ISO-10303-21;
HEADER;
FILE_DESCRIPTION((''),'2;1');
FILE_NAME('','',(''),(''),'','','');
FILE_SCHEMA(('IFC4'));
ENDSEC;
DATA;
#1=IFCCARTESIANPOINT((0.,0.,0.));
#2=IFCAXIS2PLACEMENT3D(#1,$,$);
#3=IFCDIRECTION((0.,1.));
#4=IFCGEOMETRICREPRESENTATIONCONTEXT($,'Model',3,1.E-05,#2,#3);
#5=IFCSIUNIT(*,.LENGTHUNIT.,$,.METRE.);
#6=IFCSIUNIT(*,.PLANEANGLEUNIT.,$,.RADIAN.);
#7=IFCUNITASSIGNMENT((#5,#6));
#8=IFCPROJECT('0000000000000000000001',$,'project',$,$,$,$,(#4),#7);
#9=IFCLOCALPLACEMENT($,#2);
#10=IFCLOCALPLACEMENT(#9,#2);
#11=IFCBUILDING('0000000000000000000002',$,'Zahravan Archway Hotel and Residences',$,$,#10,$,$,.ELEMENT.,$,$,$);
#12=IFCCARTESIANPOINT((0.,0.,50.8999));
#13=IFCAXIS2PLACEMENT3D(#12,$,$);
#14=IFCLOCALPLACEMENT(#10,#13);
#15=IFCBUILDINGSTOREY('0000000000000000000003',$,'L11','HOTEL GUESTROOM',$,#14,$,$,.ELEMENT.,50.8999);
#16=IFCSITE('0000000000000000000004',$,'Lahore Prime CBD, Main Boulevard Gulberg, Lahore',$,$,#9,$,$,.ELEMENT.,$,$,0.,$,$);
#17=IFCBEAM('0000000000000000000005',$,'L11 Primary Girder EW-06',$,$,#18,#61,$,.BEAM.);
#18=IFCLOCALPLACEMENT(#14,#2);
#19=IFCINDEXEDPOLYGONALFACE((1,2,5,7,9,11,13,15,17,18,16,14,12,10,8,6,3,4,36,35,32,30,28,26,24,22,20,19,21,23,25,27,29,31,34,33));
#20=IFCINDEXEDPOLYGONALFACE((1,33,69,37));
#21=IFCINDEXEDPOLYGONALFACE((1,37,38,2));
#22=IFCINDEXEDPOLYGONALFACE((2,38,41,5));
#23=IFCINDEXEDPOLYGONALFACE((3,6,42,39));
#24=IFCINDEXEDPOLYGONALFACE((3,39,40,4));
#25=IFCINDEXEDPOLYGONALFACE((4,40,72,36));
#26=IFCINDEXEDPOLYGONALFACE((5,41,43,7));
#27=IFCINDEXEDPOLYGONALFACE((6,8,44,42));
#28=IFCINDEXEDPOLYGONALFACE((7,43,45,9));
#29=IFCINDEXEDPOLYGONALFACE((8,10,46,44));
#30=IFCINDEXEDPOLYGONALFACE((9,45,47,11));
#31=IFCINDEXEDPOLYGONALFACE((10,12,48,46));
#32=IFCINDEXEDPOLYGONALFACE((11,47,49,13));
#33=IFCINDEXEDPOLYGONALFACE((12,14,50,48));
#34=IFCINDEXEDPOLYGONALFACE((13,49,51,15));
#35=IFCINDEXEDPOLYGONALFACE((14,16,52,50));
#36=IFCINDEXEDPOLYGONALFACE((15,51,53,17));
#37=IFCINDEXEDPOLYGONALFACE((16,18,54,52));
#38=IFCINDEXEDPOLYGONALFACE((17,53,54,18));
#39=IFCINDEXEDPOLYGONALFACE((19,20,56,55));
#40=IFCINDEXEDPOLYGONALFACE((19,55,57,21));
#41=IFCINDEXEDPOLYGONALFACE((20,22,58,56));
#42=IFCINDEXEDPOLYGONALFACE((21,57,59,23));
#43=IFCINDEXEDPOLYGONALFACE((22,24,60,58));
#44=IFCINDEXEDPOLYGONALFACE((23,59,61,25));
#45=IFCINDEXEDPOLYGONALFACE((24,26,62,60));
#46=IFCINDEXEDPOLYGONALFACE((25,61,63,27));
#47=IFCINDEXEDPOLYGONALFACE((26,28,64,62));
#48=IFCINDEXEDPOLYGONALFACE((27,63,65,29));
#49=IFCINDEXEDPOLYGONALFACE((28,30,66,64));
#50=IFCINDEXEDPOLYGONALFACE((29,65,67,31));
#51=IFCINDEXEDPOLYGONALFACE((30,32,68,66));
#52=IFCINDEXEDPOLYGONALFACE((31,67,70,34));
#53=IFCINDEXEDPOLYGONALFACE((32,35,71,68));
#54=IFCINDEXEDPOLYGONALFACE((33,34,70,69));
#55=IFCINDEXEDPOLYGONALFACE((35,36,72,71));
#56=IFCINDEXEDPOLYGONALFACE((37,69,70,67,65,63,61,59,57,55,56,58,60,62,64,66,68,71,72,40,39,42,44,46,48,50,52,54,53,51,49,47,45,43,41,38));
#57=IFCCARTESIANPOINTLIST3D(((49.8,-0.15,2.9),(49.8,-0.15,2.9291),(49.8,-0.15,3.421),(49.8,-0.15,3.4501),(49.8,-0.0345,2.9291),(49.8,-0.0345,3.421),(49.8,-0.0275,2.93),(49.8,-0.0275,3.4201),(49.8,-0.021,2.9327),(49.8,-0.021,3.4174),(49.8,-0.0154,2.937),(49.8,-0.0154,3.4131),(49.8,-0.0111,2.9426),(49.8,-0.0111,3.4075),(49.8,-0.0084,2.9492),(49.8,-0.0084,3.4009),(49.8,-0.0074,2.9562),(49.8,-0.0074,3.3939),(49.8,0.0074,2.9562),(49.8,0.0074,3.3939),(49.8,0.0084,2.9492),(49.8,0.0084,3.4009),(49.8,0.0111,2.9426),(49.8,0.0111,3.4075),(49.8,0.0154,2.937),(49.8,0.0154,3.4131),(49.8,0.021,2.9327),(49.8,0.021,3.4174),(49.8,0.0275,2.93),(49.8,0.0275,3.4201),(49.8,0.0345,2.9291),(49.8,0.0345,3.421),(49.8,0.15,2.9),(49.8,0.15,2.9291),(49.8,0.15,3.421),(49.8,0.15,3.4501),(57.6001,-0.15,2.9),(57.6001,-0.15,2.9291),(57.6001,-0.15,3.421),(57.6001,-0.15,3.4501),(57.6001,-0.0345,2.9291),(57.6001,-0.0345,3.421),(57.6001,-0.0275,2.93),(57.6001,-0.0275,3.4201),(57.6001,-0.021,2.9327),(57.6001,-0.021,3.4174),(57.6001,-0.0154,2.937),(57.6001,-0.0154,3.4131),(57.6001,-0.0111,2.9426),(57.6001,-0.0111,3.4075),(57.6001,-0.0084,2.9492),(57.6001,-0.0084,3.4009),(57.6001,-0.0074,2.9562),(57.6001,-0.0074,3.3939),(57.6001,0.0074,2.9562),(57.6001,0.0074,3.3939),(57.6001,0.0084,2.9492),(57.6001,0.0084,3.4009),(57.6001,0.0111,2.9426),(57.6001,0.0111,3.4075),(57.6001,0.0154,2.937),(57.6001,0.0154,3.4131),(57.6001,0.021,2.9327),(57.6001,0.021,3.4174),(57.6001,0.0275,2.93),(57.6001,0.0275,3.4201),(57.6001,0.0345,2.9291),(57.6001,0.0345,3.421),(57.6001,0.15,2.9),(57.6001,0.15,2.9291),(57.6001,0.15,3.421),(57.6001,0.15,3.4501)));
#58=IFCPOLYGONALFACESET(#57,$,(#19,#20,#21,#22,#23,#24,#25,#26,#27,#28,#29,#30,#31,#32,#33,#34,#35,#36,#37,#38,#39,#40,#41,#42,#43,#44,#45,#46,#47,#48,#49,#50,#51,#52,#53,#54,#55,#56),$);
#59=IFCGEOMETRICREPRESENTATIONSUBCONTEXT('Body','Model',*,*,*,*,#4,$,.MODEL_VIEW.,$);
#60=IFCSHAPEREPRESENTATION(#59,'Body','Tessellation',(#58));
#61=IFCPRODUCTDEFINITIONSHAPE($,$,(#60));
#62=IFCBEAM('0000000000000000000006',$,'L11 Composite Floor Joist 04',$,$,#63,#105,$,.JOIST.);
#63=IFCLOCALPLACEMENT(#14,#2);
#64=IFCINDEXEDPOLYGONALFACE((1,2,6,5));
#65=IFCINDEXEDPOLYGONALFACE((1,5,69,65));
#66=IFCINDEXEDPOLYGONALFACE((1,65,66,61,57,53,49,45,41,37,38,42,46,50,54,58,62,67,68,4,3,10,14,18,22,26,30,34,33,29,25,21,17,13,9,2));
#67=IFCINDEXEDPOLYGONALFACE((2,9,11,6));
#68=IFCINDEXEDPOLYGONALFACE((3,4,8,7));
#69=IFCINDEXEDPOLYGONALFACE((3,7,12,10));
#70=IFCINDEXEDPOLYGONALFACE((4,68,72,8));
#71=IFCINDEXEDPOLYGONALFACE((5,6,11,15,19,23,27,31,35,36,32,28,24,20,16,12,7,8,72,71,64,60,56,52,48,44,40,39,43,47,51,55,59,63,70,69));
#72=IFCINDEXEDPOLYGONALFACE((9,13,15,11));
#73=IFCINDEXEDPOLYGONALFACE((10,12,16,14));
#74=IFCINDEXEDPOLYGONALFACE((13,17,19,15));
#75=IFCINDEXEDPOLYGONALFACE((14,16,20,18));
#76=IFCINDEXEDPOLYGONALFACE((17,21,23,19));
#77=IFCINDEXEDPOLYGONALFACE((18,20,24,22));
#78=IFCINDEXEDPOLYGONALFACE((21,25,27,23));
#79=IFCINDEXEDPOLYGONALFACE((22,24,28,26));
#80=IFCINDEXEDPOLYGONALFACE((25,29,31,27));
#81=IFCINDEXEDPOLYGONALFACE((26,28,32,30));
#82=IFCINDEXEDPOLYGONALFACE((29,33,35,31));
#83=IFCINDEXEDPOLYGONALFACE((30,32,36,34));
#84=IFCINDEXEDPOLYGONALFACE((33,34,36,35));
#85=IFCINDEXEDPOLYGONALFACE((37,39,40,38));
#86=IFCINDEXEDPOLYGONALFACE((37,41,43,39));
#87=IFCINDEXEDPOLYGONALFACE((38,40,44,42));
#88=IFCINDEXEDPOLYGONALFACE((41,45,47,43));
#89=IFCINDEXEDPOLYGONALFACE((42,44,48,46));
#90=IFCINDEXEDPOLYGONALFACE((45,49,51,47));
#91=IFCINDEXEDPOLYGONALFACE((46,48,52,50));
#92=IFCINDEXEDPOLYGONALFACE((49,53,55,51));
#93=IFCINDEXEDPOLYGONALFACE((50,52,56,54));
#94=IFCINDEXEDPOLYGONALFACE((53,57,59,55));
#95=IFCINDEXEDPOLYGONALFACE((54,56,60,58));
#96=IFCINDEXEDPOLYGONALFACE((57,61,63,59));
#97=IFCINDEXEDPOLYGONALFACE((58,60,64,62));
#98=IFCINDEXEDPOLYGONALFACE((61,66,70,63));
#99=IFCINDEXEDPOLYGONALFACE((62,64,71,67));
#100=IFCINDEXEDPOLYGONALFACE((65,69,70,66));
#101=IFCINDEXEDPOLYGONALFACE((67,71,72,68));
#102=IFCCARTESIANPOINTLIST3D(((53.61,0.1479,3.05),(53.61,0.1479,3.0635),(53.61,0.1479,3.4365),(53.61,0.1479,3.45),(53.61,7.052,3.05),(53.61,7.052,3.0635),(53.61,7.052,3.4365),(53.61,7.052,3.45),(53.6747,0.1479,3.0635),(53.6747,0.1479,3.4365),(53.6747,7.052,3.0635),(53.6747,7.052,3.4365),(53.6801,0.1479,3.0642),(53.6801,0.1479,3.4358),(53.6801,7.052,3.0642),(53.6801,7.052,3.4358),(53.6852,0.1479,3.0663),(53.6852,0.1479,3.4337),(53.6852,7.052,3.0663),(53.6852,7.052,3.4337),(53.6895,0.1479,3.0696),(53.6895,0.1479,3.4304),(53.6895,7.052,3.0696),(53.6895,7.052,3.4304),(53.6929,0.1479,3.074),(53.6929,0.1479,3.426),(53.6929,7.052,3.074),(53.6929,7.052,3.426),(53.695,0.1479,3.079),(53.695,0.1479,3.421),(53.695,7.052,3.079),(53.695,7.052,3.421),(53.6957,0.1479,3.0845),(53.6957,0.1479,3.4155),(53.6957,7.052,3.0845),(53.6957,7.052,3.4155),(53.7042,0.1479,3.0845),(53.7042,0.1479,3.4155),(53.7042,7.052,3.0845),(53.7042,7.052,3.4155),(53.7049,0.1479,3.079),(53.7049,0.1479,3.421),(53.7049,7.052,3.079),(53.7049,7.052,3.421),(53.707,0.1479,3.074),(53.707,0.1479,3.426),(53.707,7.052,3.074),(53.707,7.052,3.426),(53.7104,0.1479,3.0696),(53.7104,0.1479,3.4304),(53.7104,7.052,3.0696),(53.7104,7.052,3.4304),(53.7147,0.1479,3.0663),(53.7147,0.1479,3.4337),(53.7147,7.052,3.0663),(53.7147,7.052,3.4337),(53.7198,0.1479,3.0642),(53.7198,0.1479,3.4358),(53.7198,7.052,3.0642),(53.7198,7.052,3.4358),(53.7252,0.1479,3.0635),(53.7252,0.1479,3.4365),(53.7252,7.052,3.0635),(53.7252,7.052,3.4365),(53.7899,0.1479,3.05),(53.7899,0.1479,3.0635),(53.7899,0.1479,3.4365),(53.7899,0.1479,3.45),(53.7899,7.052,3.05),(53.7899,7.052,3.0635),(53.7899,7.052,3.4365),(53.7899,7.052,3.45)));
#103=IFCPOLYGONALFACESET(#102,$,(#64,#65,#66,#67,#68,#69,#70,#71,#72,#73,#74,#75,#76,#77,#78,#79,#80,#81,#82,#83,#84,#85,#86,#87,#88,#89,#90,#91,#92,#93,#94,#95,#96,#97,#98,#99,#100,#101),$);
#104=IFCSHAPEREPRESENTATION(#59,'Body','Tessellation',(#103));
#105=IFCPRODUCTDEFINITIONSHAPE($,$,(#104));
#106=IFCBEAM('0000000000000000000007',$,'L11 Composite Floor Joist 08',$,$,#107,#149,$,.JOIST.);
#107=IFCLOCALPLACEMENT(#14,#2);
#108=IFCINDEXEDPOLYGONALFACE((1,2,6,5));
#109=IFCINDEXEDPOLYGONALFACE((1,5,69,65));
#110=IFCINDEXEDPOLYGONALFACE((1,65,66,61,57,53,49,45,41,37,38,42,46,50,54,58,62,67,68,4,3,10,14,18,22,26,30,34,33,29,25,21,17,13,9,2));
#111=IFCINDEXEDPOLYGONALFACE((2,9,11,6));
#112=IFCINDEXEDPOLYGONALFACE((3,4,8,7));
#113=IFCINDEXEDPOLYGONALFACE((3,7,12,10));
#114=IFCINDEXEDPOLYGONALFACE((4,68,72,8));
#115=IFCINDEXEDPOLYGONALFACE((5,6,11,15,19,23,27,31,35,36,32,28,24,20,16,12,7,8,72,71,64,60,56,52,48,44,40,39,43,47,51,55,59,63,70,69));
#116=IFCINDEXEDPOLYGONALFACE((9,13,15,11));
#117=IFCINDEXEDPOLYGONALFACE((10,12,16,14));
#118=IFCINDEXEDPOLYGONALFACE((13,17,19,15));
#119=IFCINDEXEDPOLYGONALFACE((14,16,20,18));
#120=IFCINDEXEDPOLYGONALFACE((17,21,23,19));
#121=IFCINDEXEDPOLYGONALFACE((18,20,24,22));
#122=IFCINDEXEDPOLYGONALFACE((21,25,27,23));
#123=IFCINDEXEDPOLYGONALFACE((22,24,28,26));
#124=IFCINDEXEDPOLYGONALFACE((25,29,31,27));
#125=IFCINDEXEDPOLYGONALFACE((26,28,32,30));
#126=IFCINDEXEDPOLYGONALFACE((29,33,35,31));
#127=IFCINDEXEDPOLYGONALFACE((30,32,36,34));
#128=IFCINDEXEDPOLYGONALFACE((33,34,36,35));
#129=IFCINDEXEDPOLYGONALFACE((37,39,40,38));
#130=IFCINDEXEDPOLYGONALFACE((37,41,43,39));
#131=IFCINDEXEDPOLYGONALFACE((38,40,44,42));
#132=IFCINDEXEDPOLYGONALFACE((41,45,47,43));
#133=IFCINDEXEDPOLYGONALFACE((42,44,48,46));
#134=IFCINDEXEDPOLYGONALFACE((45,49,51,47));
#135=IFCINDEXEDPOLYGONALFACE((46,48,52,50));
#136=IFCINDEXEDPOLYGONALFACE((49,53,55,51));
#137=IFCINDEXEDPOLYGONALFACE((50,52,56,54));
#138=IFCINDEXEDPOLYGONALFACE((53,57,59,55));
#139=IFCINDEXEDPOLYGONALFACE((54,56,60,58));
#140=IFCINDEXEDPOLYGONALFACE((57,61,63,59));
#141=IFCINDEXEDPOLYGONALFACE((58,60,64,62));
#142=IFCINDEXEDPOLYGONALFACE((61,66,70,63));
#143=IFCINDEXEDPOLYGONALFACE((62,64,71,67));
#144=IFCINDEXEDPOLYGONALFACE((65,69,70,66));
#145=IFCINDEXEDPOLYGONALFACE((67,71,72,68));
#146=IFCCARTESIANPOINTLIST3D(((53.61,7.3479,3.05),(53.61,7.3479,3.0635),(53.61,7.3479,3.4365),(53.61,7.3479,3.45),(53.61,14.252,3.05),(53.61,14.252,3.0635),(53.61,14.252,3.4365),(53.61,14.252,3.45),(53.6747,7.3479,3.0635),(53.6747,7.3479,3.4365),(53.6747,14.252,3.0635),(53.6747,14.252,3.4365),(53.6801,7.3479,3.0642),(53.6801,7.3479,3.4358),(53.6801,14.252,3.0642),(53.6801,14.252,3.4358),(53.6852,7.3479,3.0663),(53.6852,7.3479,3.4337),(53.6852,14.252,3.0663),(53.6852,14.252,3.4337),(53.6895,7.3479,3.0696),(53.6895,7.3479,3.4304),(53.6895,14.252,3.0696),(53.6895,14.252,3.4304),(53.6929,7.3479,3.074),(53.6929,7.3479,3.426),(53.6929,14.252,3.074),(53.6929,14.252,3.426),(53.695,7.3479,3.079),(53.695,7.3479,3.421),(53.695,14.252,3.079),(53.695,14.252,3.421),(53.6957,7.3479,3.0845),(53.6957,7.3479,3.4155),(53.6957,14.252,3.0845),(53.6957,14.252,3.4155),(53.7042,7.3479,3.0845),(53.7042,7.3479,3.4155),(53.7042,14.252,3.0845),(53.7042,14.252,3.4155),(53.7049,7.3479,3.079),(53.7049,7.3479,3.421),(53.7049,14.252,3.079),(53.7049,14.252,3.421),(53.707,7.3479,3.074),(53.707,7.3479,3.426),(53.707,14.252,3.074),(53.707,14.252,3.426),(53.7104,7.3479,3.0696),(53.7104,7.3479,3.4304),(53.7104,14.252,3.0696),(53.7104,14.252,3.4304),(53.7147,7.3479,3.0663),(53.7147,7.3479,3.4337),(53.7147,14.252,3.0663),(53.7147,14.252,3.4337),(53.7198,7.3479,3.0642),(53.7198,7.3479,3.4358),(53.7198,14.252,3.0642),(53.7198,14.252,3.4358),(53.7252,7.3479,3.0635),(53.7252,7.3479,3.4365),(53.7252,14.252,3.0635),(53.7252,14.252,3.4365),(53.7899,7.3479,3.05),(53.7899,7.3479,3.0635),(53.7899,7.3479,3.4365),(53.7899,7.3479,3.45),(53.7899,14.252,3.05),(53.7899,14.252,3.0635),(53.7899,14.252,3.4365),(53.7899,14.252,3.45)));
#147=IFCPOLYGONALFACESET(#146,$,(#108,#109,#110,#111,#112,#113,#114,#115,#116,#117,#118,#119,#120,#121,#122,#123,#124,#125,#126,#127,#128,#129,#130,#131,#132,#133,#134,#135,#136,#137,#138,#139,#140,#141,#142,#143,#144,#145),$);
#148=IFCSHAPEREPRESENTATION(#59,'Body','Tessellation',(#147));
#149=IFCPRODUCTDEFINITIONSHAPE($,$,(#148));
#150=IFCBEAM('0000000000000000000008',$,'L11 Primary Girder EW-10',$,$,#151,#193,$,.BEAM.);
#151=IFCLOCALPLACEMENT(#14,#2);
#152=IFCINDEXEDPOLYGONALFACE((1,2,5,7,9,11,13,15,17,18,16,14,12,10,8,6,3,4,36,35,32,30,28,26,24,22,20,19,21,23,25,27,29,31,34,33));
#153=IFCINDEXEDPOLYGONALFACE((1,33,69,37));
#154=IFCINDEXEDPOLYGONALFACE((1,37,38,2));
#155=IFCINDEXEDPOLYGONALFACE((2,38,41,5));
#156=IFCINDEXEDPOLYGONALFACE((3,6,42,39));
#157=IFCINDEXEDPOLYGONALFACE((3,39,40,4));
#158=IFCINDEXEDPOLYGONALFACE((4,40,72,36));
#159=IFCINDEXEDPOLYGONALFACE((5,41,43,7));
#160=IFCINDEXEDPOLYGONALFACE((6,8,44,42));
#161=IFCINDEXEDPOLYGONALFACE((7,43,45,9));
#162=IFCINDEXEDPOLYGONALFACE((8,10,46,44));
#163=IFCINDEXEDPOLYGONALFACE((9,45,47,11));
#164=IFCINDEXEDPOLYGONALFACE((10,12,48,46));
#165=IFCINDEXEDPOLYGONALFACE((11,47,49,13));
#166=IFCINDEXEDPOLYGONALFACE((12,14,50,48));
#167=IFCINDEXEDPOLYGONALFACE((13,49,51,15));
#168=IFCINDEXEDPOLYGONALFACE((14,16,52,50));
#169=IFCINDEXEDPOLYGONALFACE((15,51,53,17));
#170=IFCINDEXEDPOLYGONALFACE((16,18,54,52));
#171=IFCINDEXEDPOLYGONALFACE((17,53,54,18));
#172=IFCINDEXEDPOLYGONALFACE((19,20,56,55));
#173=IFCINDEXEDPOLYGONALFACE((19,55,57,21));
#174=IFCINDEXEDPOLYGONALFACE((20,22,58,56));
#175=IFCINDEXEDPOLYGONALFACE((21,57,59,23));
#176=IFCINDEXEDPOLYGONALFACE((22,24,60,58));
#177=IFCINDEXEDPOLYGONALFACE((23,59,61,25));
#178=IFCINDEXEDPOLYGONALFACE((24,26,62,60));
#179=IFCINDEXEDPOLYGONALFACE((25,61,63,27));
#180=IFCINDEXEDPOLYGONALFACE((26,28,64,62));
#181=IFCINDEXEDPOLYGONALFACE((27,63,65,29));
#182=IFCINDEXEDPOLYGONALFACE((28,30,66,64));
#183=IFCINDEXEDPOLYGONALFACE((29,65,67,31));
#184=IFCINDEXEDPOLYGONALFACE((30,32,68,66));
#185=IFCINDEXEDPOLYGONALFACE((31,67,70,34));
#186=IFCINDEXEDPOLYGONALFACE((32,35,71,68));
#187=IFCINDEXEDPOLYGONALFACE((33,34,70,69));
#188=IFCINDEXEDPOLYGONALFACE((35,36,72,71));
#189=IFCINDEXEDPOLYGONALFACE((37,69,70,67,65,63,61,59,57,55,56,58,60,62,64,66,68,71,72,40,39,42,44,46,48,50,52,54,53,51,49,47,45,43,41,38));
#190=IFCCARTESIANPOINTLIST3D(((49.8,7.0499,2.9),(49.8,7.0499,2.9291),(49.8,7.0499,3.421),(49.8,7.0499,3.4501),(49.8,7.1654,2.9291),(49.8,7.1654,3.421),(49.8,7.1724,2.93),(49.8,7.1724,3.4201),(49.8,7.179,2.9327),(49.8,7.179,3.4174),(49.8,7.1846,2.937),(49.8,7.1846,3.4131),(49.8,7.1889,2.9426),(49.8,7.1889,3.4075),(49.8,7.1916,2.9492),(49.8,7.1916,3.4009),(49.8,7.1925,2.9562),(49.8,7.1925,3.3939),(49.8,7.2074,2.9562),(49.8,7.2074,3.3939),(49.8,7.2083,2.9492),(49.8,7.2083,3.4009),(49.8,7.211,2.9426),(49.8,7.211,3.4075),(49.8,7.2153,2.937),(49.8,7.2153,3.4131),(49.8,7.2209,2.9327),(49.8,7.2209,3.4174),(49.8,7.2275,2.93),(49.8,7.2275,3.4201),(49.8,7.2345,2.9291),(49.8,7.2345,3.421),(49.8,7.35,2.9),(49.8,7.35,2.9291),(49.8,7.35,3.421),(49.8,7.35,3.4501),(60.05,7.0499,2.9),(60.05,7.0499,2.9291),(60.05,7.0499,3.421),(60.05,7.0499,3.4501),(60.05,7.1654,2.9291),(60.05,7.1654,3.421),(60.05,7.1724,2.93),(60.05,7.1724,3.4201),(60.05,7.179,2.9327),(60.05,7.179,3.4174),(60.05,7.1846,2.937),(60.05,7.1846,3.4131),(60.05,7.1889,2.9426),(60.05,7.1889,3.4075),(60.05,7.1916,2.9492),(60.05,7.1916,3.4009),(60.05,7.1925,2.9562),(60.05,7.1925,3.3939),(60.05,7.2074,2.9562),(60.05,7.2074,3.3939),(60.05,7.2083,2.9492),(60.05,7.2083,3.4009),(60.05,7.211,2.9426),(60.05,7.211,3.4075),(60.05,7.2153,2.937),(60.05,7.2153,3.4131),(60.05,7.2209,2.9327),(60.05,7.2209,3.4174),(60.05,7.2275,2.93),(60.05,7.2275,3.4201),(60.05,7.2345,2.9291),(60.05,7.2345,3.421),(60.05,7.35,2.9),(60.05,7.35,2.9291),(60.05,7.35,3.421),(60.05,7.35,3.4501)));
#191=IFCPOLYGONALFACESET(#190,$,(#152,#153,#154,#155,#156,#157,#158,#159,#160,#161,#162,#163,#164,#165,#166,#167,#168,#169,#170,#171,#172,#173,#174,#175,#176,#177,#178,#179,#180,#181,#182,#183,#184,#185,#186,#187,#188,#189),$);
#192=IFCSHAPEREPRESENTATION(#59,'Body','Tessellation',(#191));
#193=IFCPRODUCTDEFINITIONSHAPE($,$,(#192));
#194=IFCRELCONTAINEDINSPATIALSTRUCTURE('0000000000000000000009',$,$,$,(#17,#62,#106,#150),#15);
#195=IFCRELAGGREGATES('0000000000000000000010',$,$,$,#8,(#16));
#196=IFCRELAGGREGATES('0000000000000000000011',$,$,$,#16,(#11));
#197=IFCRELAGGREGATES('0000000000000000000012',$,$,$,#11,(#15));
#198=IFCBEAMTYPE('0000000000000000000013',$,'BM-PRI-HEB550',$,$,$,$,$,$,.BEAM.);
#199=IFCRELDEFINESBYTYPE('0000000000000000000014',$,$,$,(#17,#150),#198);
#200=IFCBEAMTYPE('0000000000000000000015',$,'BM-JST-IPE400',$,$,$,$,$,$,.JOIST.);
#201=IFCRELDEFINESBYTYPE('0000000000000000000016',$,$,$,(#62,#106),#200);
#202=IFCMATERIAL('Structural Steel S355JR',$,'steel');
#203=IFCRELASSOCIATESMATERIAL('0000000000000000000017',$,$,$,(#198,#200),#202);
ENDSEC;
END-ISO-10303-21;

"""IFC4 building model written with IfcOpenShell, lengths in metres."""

from ifc_helpers import new_model, si_unit, direction, frame, origin, origin_2d, place, context, subcontext, project, spatial, i_section, extrude, source, transform, mapped, material, material_profile, profile_set, type_object, type_shapes, element, save


model = new_model("IFC4")

# Units and contexts
model_context = context("Model", 3, precision=1e-05, world=origin(), true_north=direction((0.0, 1.0)))
body_context = subcontext(model_context, "Body", "Model", "MODEL_VIEW")
ifc_project = project(units=[si_unit("LENGTHUNIT", "METRE"), si_unit("PLANEANGLEUNIT", "RADIAN")], contexts=[model_context])

# Site, building, storey
site_placement = place(None, origin())
site = spatial("IfcSite", under=ifc_project, at=site_placement, Name="Lahore Prime CBD, Main Boulevard Gulberg, Lahore", CompositionType="ELEMENT", RefElevation=0.0)
building_placement = place(site_placement, origin())
building = spatial("IfcBuilding", under=site, at=building_placement, Name="Zahravan Archway Hotel and Residences", CompositionType="ELEMENT")
storey_placement = place(building_placement, frame((0.0, 0.0, 50.8999)))
storey = spatial("IfcBuildingStorey", under=building, at=storey_placement, Name="L11", Description="HOTEL GUESTROOM", CompositionType="ELEMENT", Elevation=50.8999)

# Beams
ifc_material_1 = material(Name="Structural Steel S355JR", Category="steel")
ifc_material_profile_1 = material_profile(ifc_material_1, i_section(OverallWidth=0.3, OverallDepth=0.55, WebThickness=0.0149, FlangeThickness=0.0291, FilletRadius=0.0271, at=origin_2d()), Name="HEB 550", Category="steel")
ifc_profile_set_1 = profile_set([ifc_material_profile_1], Name="Structural Steel S355JR")
beam_type_1 = type_object("IfcBeamType", Name="BM-PRI-HEB550", PredefinedType="BEAM", material=ifc_profile_set_1)
shared_shape_1 = source(origin(), body_context, "Body", "SweptSolid", [
    extrude(i_section(OverallWidth=0.3, OverallDepth=0.55, WebThickness=0.0149, FlangeThickness=0.0291, FilletRadius=0.0271, at=origin_2d()), origin(), (0.0, 0.0, 1.0), 7.8),
])
beam_1_placement = place(storey_placement, frame((49.8, 0.0, 3.175), z_axis=(1.0, 0.0, 0.0), x_axis=(0.0, 1.0, 0.0)))
element("IfcBeam", 1, at=beam_1_placement, inside=storey, type_object=beam_type_1, Name="L11 Primary Girder EW-06", PredefinedType="BEAM", context=body_context, shape_type="MappedRepresentation", body=[
    mapped(shared_shape_1, transform((0.0, 0.0, 0.0), scale=1.0)),
])
ifc_material_profile_2 = material_profile(ifc_material_1, i_section(OverallWidth=0.1799, OverallDepth=0.3999, WebThickness=0.0085, FlangeThickness=0.0134, FilletRadius=0.021, at=origin_2d()), Name="IPE 400", Category="steel")
ifc_profile_set_2 = profile_set([ifc_material_profile_2], Name="Structural Steel S355JR")
beam_type_2 = type_object("IfcBeamType", Name="BM-JST-IPE400", PredefinedType="JOIST", material=ifc_profile_set_2)
shared_shape_2 = source(origin(), body_context, "Body", "SweptSolid", [
    extrude(i_section(OverallWidth=0.1799, OverallDepth=0.3999, WebThickness=0.0085, FlangeThickness=0.0134, FilletRadius=0.021, at=origin_2d()), origin(), (0.0, 0.0, 1.0), 6.9041),
])
type_shapes(beam_type_2, [shared_shape_2])
for number, where, z_axis, x_axis, name in (
    (2, (53.7, 0.1479, 3.25), (0.0, 1.0, 0.0), (-1.0, 0.0, 0.0), "L11 Composite Floor Joist 04"),
    (3, (53.7, 7.3479, 3.25), (0.0, 1.0, 0.0), (-1.0, 0.0, 0.0), "L11 Composite Floor Joist 08"),
):
    element("IfcBeam", number, at=place(storey_placement, frame(where, z_axis=z_axis, x_axis=x_axis)), inside=storey, type_object=beam_type_2, Name=name, PredefinedType="JOIST", context=body_context, shape_type="MappedRepresentation", body=[
        mapped(shared_shape_2, transform((0.0, 0.0, 0.0), scale=1.0)),
    ])
shared_shape_3 = source(origin(), body_context, "Body", "SweptSolid", [
    extrude(i_section(OverallWidth=0.3, OverallDepth=0.55, WebThickness=0.0149, FlangeThickness=0.0291, FilletRadius=0.0271, at=origin_2d()), origin(), (0.0, 0.0, 1.0), 10.25),
])
beam_2_placement = place(storey_placement, frame((49.8, 7.2, 3.175), z_axis=(1.0, 0.0, 0.0), x_axis=(0.0, 1.0, 0.0)))
element("IfcBeam", 4, at=beam_2_placement, inside=storey, type_object=beam_type_1, Name="L11 Primary Girder EW-10", PredefinedType="BEAM", context=body_context, shape_type="MappedRepresentation", body=[
    mapped(shared_shape_3, transform((0.0, 0.0, 0.0), scale=1.0)),
])

save(model, "model.ifc")
